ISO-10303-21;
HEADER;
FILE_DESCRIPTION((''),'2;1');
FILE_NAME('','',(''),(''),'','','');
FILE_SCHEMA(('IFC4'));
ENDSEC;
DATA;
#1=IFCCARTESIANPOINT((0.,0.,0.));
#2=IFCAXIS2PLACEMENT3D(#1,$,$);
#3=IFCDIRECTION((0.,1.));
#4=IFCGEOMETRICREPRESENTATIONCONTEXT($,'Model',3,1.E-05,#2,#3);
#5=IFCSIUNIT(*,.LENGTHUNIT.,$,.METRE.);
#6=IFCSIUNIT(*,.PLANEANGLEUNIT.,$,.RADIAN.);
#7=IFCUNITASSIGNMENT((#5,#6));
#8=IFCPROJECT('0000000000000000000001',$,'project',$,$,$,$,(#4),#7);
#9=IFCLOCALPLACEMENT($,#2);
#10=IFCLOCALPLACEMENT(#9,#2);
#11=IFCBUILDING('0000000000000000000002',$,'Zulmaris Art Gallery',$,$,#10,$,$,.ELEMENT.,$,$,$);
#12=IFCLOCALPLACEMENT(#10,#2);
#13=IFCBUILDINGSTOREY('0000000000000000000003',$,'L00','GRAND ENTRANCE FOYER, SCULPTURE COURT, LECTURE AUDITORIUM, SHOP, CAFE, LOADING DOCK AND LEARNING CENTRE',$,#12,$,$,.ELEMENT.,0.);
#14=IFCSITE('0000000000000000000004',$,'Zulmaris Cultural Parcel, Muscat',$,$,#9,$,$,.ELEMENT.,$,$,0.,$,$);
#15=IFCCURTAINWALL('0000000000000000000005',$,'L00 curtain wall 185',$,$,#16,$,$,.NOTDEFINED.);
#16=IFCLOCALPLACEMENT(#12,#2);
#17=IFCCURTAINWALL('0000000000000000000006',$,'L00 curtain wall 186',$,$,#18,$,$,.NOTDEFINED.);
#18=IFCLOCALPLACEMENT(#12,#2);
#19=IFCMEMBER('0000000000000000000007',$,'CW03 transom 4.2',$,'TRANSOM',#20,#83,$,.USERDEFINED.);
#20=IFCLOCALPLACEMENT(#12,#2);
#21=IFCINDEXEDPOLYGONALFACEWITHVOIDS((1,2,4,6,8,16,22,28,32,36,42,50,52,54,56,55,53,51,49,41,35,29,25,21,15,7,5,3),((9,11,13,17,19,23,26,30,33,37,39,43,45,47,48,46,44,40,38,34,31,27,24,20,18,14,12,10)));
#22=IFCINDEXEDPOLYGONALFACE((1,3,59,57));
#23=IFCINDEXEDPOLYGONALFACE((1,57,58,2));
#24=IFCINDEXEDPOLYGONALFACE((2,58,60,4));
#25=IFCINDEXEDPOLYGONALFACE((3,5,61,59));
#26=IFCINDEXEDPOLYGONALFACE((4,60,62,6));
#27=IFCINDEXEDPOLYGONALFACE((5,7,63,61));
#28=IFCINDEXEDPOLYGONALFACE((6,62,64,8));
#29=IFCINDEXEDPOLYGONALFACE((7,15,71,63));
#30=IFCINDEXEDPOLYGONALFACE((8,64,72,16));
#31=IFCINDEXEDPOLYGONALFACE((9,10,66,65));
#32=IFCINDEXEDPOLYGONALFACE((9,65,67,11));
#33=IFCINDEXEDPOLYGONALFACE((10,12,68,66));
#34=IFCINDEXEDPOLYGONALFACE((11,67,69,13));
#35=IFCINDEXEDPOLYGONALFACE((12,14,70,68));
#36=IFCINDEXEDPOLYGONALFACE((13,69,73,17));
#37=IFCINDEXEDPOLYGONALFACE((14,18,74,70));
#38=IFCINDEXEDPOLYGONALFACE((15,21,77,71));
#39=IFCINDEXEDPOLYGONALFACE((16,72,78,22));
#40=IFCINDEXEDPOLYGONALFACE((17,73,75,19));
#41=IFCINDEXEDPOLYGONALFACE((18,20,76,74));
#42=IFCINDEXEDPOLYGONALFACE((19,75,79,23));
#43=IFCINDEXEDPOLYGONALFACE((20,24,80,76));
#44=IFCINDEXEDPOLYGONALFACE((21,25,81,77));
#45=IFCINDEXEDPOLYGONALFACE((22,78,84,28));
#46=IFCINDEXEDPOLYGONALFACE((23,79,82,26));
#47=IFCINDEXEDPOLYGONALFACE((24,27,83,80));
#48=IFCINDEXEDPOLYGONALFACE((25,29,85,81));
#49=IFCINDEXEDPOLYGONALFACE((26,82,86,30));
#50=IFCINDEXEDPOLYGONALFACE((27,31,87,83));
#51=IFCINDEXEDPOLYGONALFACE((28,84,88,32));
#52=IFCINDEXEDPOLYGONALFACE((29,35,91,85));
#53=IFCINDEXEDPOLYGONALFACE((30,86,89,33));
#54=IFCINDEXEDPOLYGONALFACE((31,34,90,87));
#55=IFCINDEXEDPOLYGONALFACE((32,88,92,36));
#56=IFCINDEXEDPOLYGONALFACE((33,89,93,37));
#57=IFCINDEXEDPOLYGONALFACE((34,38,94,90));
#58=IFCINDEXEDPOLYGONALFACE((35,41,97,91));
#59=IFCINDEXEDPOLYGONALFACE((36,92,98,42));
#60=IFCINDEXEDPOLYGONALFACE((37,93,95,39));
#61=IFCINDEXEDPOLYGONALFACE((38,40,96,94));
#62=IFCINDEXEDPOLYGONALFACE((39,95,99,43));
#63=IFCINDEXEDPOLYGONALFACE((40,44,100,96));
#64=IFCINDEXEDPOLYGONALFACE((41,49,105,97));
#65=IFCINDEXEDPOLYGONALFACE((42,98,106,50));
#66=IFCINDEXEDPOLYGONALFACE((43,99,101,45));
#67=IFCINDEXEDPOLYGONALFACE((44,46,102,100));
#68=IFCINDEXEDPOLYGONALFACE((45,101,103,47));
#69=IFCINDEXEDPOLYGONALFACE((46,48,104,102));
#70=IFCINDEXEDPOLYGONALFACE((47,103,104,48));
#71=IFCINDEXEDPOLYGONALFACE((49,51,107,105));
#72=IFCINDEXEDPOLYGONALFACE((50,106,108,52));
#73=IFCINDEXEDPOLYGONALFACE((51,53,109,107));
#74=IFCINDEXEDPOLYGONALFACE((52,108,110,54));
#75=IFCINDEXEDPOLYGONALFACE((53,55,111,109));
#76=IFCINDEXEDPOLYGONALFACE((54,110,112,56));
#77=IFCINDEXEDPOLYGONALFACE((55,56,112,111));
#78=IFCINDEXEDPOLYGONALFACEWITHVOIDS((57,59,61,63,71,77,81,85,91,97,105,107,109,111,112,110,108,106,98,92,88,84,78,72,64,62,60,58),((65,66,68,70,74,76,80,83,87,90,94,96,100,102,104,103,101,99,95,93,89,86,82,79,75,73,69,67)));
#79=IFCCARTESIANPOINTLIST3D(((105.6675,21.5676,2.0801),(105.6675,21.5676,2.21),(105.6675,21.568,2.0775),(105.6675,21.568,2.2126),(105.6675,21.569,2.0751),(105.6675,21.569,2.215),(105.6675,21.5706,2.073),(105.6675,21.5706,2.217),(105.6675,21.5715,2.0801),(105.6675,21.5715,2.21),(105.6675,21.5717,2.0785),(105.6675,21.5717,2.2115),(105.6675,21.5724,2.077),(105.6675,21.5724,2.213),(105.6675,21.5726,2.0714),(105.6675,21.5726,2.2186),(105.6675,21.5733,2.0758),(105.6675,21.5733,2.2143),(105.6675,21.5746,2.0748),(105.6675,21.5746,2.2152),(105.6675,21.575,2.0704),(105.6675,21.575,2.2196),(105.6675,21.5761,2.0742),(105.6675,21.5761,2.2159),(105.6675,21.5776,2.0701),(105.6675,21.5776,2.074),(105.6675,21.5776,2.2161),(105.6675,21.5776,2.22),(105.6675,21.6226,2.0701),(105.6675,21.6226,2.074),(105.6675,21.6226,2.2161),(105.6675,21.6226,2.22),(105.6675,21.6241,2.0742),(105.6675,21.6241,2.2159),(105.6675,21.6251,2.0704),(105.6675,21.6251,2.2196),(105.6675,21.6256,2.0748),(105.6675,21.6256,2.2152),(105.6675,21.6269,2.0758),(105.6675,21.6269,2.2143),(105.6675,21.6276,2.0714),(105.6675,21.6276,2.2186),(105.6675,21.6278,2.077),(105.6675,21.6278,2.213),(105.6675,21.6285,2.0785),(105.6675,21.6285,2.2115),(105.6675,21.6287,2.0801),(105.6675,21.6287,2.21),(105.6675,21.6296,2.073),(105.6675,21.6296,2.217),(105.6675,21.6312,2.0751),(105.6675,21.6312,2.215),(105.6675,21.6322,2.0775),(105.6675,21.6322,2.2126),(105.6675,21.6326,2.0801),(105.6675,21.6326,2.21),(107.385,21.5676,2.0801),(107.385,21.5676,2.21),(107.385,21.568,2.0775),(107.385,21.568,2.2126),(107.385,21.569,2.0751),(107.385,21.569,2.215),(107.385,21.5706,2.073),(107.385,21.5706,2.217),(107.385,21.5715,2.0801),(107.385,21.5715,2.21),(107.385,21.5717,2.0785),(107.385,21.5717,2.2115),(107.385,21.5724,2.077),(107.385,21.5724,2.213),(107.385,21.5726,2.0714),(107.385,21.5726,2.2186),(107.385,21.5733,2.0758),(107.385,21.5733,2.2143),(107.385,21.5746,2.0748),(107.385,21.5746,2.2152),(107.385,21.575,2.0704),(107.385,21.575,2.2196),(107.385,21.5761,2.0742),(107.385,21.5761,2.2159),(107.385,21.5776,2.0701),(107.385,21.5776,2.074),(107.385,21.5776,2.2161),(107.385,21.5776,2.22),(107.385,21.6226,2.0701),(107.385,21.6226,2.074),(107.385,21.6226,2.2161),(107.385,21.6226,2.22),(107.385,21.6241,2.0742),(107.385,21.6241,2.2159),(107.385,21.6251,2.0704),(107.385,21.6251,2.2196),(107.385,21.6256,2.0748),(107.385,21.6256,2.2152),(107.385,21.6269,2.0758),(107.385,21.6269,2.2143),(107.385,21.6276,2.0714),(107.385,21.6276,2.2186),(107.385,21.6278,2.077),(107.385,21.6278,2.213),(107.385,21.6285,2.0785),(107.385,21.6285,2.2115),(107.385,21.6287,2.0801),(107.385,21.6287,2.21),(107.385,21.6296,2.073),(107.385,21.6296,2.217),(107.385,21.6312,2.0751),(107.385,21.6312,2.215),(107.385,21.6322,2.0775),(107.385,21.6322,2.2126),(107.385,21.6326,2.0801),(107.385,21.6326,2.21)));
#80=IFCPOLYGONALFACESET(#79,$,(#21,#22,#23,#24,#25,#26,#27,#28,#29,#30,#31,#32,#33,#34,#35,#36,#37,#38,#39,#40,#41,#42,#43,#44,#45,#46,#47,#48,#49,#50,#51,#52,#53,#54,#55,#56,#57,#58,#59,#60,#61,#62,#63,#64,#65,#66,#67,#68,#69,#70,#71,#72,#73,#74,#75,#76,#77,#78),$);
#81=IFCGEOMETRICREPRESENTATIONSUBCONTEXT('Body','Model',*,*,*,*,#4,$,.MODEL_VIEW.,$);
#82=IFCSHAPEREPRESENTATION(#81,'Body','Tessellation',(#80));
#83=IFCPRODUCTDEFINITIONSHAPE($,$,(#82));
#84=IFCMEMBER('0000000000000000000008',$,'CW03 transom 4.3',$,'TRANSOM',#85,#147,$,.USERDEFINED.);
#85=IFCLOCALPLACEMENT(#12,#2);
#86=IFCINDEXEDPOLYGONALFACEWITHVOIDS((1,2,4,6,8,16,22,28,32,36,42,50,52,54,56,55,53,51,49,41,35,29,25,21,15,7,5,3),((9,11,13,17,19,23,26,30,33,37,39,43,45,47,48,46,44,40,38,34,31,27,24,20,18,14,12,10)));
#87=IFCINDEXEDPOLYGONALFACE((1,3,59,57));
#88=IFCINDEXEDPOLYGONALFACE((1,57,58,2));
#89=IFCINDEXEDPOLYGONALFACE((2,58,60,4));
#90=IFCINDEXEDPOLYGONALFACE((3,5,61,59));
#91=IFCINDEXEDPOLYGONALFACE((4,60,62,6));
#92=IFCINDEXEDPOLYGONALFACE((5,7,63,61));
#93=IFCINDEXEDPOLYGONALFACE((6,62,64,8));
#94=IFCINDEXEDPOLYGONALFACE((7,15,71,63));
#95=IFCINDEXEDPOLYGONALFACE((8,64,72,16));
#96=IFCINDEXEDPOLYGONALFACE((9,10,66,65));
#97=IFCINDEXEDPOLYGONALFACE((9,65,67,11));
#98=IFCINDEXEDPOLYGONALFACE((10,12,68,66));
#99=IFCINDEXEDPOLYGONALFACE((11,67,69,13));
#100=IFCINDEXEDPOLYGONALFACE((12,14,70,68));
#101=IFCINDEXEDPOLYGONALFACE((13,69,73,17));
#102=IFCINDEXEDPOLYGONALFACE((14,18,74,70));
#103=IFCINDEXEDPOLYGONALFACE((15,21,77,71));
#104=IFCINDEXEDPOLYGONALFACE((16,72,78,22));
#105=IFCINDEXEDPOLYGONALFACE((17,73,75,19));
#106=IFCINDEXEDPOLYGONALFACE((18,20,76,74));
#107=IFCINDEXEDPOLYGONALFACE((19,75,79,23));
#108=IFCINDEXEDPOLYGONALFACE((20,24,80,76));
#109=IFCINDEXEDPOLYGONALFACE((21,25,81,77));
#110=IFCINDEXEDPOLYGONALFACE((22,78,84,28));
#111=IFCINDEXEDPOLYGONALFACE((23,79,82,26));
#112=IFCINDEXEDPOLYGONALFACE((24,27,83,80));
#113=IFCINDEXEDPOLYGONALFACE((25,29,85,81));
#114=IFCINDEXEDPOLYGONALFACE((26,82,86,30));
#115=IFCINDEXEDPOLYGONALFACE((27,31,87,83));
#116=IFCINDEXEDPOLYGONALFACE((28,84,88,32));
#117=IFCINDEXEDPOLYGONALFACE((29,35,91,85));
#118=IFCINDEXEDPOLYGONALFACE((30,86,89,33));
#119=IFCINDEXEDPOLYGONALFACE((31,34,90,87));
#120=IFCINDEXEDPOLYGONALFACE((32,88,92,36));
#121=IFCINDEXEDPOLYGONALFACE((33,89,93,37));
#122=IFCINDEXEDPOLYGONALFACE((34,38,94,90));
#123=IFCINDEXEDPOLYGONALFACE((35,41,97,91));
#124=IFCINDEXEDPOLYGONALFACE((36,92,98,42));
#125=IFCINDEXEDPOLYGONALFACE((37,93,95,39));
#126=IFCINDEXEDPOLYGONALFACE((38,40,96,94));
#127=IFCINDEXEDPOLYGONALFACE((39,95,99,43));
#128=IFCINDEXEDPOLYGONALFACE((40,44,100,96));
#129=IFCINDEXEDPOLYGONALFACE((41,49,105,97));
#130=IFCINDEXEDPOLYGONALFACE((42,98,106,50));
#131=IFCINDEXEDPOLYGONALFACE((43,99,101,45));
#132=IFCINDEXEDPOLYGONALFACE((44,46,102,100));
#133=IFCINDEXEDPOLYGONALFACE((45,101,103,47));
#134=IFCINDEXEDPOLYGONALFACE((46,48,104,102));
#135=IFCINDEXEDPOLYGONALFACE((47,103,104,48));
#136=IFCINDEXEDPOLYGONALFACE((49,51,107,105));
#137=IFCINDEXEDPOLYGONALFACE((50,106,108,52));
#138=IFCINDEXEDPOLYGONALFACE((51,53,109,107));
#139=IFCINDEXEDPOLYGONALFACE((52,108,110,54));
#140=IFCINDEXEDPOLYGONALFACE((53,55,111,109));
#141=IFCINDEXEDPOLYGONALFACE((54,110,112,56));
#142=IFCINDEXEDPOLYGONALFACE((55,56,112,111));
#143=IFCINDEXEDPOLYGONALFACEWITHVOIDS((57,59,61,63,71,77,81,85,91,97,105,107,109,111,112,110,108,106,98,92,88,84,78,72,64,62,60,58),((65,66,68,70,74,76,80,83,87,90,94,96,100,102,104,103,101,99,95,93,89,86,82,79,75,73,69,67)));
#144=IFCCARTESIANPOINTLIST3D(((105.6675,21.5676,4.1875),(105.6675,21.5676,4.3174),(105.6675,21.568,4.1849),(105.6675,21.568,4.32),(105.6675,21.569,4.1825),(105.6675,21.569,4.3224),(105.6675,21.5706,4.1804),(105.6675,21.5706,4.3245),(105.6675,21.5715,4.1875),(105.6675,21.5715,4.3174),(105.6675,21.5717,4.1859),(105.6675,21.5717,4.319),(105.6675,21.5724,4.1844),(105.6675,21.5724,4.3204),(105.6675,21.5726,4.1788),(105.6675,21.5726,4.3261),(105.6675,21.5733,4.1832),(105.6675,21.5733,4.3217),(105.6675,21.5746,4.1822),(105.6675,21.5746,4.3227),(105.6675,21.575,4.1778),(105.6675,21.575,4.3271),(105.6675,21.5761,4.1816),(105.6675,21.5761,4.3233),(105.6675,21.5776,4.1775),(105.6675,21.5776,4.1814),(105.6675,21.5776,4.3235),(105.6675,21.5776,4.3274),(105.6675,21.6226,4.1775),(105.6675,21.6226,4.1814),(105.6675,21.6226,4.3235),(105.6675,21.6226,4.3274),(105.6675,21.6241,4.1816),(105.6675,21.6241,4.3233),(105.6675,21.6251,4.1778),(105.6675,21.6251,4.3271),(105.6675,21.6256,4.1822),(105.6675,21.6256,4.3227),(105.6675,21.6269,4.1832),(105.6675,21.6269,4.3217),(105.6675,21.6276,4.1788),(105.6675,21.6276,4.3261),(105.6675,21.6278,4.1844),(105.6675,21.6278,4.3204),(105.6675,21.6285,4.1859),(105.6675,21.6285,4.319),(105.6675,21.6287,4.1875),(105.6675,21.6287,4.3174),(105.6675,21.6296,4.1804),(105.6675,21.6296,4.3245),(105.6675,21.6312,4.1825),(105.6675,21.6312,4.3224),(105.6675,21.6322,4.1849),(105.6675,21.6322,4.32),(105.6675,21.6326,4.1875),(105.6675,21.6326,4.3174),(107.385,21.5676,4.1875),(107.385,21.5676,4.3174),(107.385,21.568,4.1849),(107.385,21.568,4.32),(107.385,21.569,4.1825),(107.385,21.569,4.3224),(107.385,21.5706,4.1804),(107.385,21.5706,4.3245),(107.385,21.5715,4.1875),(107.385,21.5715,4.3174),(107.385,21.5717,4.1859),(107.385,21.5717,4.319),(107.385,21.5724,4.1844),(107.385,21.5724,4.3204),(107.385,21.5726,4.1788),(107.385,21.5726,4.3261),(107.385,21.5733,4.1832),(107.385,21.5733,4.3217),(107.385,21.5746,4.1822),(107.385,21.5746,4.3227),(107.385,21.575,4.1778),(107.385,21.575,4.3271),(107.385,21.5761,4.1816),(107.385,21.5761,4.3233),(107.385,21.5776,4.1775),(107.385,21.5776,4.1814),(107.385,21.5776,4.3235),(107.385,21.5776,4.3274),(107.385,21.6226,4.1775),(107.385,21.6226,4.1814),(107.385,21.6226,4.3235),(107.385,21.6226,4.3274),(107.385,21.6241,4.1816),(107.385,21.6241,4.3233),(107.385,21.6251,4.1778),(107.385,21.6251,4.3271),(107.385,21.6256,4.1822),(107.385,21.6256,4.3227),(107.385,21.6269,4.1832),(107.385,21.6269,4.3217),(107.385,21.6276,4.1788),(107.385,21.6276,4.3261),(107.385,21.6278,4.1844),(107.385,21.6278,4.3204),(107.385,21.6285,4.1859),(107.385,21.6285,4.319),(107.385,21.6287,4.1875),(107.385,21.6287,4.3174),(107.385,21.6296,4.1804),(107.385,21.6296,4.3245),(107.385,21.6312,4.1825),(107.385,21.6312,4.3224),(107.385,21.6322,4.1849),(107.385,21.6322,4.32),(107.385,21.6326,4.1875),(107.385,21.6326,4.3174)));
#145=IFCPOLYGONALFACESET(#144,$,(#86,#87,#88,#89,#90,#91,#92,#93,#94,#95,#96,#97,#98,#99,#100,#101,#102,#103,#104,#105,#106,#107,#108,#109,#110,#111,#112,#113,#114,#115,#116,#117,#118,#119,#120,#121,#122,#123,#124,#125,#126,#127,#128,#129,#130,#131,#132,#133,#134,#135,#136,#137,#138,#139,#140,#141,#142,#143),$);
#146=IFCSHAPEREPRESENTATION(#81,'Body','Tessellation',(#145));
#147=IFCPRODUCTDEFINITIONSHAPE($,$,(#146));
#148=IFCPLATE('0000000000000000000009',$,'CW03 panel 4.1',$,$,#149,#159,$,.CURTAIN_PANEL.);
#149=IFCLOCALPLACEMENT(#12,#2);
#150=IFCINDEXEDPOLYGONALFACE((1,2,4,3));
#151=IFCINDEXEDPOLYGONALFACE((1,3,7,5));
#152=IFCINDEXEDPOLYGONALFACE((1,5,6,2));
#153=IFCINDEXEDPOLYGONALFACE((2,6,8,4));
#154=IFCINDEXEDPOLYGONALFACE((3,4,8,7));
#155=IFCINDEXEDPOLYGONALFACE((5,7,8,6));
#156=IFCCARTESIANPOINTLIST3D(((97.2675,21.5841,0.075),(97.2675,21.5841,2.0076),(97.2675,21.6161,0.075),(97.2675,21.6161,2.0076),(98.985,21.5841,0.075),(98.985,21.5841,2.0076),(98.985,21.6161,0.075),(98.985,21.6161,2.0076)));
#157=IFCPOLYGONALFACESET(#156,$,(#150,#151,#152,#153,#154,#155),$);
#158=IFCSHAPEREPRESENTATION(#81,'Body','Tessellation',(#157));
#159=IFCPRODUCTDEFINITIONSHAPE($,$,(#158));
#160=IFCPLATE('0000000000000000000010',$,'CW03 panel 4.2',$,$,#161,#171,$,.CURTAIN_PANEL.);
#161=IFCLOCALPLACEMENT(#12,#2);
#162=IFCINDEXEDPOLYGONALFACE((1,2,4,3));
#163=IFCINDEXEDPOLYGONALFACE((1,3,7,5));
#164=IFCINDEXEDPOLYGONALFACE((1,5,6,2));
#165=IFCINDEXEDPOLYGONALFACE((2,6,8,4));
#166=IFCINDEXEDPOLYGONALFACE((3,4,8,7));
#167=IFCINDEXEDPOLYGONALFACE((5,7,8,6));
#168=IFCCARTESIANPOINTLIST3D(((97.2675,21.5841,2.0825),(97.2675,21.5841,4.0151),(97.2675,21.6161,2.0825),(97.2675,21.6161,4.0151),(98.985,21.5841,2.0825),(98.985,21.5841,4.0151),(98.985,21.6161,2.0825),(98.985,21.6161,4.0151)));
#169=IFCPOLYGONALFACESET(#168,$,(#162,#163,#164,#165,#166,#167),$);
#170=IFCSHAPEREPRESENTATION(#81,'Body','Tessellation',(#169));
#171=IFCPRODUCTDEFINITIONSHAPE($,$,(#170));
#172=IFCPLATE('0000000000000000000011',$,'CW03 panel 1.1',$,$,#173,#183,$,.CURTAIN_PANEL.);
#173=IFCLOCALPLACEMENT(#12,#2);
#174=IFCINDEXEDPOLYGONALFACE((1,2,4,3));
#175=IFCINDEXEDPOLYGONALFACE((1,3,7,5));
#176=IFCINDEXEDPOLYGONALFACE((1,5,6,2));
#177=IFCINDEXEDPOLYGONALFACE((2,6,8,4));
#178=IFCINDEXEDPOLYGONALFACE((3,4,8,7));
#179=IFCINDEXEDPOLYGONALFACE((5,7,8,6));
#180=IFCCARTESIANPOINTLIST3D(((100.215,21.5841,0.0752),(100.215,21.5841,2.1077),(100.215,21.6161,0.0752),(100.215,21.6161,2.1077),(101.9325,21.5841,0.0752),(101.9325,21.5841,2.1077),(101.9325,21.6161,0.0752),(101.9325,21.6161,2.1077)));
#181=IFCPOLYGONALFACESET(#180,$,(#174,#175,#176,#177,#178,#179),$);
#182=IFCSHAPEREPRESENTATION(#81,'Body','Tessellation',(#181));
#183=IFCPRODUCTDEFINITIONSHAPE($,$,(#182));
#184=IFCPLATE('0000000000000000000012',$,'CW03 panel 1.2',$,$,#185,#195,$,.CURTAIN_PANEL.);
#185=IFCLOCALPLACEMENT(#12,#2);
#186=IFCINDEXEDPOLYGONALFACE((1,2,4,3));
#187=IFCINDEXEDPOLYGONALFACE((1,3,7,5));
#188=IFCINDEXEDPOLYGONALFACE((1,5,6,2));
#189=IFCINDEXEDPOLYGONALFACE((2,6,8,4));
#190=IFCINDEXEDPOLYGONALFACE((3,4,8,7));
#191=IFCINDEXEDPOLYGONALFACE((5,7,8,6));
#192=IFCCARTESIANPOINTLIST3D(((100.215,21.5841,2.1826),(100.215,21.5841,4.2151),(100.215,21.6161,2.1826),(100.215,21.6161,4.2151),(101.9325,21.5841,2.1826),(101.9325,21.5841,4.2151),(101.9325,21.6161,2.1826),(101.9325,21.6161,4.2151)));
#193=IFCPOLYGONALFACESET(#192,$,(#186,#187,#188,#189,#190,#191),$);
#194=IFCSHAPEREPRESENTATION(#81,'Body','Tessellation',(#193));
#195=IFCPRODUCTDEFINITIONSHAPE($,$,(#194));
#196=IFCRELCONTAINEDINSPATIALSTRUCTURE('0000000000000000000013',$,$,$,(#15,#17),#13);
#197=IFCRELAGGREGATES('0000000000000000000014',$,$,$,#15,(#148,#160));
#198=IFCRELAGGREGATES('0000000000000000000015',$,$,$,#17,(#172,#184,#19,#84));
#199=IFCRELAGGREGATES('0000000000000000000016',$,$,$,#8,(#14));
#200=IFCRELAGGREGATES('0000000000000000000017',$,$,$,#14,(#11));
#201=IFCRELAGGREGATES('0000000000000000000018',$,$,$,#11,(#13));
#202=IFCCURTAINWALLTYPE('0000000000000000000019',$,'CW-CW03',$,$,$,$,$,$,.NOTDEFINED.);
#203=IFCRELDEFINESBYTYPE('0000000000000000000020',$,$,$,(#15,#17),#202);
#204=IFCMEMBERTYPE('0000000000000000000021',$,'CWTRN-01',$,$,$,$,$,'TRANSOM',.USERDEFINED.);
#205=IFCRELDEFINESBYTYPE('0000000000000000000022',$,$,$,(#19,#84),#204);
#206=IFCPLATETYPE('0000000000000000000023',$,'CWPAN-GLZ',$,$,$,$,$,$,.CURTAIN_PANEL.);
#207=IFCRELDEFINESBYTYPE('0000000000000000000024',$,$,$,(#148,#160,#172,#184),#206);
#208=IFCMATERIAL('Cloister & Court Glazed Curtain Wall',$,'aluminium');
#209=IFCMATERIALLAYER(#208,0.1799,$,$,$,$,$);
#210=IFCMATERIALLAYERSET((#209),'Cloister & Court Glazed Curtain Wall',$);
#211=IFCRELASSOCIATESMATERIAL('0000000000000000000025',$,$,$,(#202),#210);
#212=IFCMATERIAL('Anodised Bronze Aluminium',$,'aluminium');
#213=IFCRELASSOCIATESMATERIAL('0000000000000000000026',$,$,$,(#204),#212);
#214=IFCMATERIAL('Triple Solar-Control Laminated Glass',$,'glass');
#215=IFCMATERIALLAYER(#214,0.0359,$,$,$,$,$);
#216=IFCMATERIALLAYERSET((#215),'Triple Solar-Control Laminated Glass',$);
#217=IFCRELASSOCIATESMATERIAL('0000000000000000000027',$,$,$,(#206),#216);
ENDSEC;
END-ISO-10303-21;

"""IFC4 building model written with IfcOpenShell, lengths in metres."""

from ifc_helpers import new_model, si_unit, direction, frame, origin, origin_2d, place, context, subcontext, project, spatial, rectangle, hollow_rectangle, extrude, material, layer, layer_set, material_profile, profile_set, type_object, element, aggregate, save


model = new_model("IFC4")

# Units and contexts
model_context = context("Model", 3, precision=1e-05, world=origin(), true_north=direction((0.0, 1.0)))
body_context = subcontext(model_context, "Body", "Model", "MODEL_VIEW")
ifc_project = project(units=[si_unit("LENGTHUNIT", "METRE"), si_unit("PLANEANGLEUNIT", "RADIAN")], contexts=[model_context])

# Site, building, storey
site_placement = place(None, origin())
site = spatial("IfcSite", under=ifc_project, at=site_placement, Name="Zulmaris Cultural Parcel, Muscat", CompositionType="ELEMENT", RefElevation=0.0)
building_placement = place(site_placement, origin())
building = spatial("IfcBuilding", under=site, at=building_placement, Name="Zulmaris Art Gallery", CompositionType="ELEMENT")
storey_placement = place(building_placement, origin())
storey = spatial("IfcBuildingStorey", under=building, at=storey_placement, Name="L00", Description="GRAND ENTRANCE FOYER, SCULPTURE COURT, LECTURE AUDITORIUM, SHOP, CAFE, LOADING DOCK AND LEARNING CENTRE", CompositionType="ELEMENT", Elevation=0.0)

# Curtain wall
ifc_material_1 = material(Name="Cloister & Court Glazed Curtain Wall", Category="aluminium")
ifc_layer_1 = layer(ifc_material_1, 0.1799)
ifc_layer_set_1 = layer_set([ifc_layer_1], Name="Cloister & Court Glazed Curtain Wall")
curtain_wall_type = type_object("IfcCurtainWallType", Name="CW-CW03", PredefinedType="NOTDEFINED", material=ifc_layer_set_1)
curtain_wall_1_placement = place(storey_placement, origin())
curtain_wall_1 = element("IfcCurtainWall", 1, at=curtain_wall_1_placement, inside=storey, type_object=curtain_wall_type, Name="L00 curtain wall 185", PredefinedType="NOTDEFINED")
ifc_material_2 = material(Name="Anodised Bronze Aluminium", Category="aluminium")

# Curtain wall, members
curtain_wall_2_placement = place(storey_placement, origin())
curtain_wall_2 = element("IfcCurtainWall", 2, at=curtain_wall_2_placement, inside=storey, type_object=curtain_wall_type, Name="L00 curtain wall 186", PredefinedType="NOTDEFINED")
ifc_material_profile_1 = material_profile(ifc_material_2, hollow_rectangle(XDim=0.0649, YDim=0.1499, WallThickness=0.0039, InnerFilletRadius=0.0061, OuterFilletRadius=0.01, at=origin_2d()), Name="ALU 65x150x4")
ifc_profile_set_1 = profile_set([ifc_material_profile_1], Name="Anodised Bronze Aluminium")
member_type_1 = type_object("IfcMemberType", Name="CWTRN-01", ElementType="TRANSOM", PredefinedType="USERDEFINED", material=ifc_profile_set_1)
member_1_placement = place(storey_placement, frame((105.6675, 21.6001, 2.145), z_axis=(1.0, 0.0, 0.0), x_axis=(0.0, 1.0, 0.0)))
member_1 = element("IfcMember", 3, at=member_1_placement, type_object=member_type_1, Name="CW03 transom 4.2", ObjectType="TRANSOM", PredefinedType="USERDEFINED", context=body_context, shape_type="SweptSolid", body=[
    extrude(hollow_rectangle(XDim=0.0649, YDim=0.1499, WallThickness=0.0039, InnerFilletRadius=0.0061, OuterFilletRadius=0.01, at=origin_2d()), origin(), (0.0, 0.0, 1.0), 1.7175),
])
member_2_placement = place(storey_placement, frame((105.6675, 21.6001, 4.2524), z_axis=(1.0, 0.0, 0.0), x_axis=(0.0, 1.0, 0.0)))
member_2 = element("IfcMember", 4, at=member_2_placement, type_object=member_type_1, Name="CW03 transom 4.3", ObjectType="TRANSOM", PredefinedType="USERDEFINED", context=body_context, shape_type="SweptSolid", body=[
    extrude(hollow_rectangle(XDim=0.0649, YDim=0.1499, WallThickness=0.0039, InnerFilletRadius=0.0061, OuterFilletRadius=0.01, at=origin_2d()), origin(), (0.0, 0.0, 1.0), 1.7175),
])

# Plates
ifc_material_3 = material(Name="Triple Solar-Control Laminated Glass", Category="glass")
ifc_layer_2 = layer(ifc_material_3, 0.0359)
ifc_layer_set_2 = layer_set([ifc_layer_2], Name="Triple Solar-Control Laminated Glass")
plate_type = type_object("IfcPlateType", Name="CWPAN-GLZ", PredefinedType="CURTAIN_PANEL", material=ifc_layer_set_2)
plate_1_placement = place(storey_placement, frame((98.1262, 21.6001, 0.075), z_axis=(0.0, 0.0, 1.0), x_axis=(1.0, 0.0, 0.0)))
plate_1 = element("IfcPlate", 5, at=plate_1_placement, type_object=plate_type, Name="CW03 panel 4.1", PredefinedType="CURTAIN_PANEL", context=body_context, shape_type="SweptSolid", body=[
    extrude(rectangle(XDim=1.7175, YDim=0.032, at=origin_2d()), origin(), (0.0, 0.0, 1.0), 1.9326),
])
plate_2_placement = place(storey_placement, frame((98.1262, 21.6001, 2.0825), z_axis=(0.0, 0.0, 1.0), x_axis=(1.0, 0.0, 0.0)))
plate_2 = element("IfcPlate", 6, at=plate_2_placement, type_object=plate_type, Name="CW03 panel 4.2", PredefinedType="CURTAIN_PANEL", context=body_context, shape_type="SweptSolid", body=[
    extrude(rectangle(XDim=1.7175, YDim=0.032, at=origin_2d()), origin(), (0.0, 0.0, 1.0), 1.9326),
])
aggregate(curtain_wall_1, [plate_1, plate_2])
plate_3_placement = place(storey_placement, frame((101.0737, 21.6001, 0.0752), z_axis=(0.0, 0.0, 1.0), x_axis=(1.0, 0.0, 0.0)))
plate_3 = element("IfcPlate", 7, at=plate_3_placement, type_object=plate_type, Name="CW03 panel 1.1", PredefinedType="CURTAIN_PANEL", context=body_context, shape_type="SweptSolid", body=[
    extrude(rectangle(XDim=1.7175, YDim=0.032, at=origin_2d()), origin(), (0.0, 0.0, 1.0), 2.0325),
])
plate_4_placement = place(storey_placement, frame((101.0737, 21.6001, 2.1826), z_axis=(0.0, 0.0, 1.0), x_axis=(1.0, 0.0, 0.0)))
plate_4 = element("IfcPlate", 8, at=plate_4_placement, type_object=plate_type, Name="CW03 panel 1.2", PredefinedType="CURTAIN_PANEL", context=body_context, shape_type="SweptSolid", body=[
    extrude(rectangle(XDim=1.7175, YDim=0.032, at=origin_2d()), origin(), (0.0, 0.0, 1.0), 2.0325),
])
aggregate(curtain_wall_2, [plate_3, plate_4, member_1, member_2])

save(model, "model.ifc")
